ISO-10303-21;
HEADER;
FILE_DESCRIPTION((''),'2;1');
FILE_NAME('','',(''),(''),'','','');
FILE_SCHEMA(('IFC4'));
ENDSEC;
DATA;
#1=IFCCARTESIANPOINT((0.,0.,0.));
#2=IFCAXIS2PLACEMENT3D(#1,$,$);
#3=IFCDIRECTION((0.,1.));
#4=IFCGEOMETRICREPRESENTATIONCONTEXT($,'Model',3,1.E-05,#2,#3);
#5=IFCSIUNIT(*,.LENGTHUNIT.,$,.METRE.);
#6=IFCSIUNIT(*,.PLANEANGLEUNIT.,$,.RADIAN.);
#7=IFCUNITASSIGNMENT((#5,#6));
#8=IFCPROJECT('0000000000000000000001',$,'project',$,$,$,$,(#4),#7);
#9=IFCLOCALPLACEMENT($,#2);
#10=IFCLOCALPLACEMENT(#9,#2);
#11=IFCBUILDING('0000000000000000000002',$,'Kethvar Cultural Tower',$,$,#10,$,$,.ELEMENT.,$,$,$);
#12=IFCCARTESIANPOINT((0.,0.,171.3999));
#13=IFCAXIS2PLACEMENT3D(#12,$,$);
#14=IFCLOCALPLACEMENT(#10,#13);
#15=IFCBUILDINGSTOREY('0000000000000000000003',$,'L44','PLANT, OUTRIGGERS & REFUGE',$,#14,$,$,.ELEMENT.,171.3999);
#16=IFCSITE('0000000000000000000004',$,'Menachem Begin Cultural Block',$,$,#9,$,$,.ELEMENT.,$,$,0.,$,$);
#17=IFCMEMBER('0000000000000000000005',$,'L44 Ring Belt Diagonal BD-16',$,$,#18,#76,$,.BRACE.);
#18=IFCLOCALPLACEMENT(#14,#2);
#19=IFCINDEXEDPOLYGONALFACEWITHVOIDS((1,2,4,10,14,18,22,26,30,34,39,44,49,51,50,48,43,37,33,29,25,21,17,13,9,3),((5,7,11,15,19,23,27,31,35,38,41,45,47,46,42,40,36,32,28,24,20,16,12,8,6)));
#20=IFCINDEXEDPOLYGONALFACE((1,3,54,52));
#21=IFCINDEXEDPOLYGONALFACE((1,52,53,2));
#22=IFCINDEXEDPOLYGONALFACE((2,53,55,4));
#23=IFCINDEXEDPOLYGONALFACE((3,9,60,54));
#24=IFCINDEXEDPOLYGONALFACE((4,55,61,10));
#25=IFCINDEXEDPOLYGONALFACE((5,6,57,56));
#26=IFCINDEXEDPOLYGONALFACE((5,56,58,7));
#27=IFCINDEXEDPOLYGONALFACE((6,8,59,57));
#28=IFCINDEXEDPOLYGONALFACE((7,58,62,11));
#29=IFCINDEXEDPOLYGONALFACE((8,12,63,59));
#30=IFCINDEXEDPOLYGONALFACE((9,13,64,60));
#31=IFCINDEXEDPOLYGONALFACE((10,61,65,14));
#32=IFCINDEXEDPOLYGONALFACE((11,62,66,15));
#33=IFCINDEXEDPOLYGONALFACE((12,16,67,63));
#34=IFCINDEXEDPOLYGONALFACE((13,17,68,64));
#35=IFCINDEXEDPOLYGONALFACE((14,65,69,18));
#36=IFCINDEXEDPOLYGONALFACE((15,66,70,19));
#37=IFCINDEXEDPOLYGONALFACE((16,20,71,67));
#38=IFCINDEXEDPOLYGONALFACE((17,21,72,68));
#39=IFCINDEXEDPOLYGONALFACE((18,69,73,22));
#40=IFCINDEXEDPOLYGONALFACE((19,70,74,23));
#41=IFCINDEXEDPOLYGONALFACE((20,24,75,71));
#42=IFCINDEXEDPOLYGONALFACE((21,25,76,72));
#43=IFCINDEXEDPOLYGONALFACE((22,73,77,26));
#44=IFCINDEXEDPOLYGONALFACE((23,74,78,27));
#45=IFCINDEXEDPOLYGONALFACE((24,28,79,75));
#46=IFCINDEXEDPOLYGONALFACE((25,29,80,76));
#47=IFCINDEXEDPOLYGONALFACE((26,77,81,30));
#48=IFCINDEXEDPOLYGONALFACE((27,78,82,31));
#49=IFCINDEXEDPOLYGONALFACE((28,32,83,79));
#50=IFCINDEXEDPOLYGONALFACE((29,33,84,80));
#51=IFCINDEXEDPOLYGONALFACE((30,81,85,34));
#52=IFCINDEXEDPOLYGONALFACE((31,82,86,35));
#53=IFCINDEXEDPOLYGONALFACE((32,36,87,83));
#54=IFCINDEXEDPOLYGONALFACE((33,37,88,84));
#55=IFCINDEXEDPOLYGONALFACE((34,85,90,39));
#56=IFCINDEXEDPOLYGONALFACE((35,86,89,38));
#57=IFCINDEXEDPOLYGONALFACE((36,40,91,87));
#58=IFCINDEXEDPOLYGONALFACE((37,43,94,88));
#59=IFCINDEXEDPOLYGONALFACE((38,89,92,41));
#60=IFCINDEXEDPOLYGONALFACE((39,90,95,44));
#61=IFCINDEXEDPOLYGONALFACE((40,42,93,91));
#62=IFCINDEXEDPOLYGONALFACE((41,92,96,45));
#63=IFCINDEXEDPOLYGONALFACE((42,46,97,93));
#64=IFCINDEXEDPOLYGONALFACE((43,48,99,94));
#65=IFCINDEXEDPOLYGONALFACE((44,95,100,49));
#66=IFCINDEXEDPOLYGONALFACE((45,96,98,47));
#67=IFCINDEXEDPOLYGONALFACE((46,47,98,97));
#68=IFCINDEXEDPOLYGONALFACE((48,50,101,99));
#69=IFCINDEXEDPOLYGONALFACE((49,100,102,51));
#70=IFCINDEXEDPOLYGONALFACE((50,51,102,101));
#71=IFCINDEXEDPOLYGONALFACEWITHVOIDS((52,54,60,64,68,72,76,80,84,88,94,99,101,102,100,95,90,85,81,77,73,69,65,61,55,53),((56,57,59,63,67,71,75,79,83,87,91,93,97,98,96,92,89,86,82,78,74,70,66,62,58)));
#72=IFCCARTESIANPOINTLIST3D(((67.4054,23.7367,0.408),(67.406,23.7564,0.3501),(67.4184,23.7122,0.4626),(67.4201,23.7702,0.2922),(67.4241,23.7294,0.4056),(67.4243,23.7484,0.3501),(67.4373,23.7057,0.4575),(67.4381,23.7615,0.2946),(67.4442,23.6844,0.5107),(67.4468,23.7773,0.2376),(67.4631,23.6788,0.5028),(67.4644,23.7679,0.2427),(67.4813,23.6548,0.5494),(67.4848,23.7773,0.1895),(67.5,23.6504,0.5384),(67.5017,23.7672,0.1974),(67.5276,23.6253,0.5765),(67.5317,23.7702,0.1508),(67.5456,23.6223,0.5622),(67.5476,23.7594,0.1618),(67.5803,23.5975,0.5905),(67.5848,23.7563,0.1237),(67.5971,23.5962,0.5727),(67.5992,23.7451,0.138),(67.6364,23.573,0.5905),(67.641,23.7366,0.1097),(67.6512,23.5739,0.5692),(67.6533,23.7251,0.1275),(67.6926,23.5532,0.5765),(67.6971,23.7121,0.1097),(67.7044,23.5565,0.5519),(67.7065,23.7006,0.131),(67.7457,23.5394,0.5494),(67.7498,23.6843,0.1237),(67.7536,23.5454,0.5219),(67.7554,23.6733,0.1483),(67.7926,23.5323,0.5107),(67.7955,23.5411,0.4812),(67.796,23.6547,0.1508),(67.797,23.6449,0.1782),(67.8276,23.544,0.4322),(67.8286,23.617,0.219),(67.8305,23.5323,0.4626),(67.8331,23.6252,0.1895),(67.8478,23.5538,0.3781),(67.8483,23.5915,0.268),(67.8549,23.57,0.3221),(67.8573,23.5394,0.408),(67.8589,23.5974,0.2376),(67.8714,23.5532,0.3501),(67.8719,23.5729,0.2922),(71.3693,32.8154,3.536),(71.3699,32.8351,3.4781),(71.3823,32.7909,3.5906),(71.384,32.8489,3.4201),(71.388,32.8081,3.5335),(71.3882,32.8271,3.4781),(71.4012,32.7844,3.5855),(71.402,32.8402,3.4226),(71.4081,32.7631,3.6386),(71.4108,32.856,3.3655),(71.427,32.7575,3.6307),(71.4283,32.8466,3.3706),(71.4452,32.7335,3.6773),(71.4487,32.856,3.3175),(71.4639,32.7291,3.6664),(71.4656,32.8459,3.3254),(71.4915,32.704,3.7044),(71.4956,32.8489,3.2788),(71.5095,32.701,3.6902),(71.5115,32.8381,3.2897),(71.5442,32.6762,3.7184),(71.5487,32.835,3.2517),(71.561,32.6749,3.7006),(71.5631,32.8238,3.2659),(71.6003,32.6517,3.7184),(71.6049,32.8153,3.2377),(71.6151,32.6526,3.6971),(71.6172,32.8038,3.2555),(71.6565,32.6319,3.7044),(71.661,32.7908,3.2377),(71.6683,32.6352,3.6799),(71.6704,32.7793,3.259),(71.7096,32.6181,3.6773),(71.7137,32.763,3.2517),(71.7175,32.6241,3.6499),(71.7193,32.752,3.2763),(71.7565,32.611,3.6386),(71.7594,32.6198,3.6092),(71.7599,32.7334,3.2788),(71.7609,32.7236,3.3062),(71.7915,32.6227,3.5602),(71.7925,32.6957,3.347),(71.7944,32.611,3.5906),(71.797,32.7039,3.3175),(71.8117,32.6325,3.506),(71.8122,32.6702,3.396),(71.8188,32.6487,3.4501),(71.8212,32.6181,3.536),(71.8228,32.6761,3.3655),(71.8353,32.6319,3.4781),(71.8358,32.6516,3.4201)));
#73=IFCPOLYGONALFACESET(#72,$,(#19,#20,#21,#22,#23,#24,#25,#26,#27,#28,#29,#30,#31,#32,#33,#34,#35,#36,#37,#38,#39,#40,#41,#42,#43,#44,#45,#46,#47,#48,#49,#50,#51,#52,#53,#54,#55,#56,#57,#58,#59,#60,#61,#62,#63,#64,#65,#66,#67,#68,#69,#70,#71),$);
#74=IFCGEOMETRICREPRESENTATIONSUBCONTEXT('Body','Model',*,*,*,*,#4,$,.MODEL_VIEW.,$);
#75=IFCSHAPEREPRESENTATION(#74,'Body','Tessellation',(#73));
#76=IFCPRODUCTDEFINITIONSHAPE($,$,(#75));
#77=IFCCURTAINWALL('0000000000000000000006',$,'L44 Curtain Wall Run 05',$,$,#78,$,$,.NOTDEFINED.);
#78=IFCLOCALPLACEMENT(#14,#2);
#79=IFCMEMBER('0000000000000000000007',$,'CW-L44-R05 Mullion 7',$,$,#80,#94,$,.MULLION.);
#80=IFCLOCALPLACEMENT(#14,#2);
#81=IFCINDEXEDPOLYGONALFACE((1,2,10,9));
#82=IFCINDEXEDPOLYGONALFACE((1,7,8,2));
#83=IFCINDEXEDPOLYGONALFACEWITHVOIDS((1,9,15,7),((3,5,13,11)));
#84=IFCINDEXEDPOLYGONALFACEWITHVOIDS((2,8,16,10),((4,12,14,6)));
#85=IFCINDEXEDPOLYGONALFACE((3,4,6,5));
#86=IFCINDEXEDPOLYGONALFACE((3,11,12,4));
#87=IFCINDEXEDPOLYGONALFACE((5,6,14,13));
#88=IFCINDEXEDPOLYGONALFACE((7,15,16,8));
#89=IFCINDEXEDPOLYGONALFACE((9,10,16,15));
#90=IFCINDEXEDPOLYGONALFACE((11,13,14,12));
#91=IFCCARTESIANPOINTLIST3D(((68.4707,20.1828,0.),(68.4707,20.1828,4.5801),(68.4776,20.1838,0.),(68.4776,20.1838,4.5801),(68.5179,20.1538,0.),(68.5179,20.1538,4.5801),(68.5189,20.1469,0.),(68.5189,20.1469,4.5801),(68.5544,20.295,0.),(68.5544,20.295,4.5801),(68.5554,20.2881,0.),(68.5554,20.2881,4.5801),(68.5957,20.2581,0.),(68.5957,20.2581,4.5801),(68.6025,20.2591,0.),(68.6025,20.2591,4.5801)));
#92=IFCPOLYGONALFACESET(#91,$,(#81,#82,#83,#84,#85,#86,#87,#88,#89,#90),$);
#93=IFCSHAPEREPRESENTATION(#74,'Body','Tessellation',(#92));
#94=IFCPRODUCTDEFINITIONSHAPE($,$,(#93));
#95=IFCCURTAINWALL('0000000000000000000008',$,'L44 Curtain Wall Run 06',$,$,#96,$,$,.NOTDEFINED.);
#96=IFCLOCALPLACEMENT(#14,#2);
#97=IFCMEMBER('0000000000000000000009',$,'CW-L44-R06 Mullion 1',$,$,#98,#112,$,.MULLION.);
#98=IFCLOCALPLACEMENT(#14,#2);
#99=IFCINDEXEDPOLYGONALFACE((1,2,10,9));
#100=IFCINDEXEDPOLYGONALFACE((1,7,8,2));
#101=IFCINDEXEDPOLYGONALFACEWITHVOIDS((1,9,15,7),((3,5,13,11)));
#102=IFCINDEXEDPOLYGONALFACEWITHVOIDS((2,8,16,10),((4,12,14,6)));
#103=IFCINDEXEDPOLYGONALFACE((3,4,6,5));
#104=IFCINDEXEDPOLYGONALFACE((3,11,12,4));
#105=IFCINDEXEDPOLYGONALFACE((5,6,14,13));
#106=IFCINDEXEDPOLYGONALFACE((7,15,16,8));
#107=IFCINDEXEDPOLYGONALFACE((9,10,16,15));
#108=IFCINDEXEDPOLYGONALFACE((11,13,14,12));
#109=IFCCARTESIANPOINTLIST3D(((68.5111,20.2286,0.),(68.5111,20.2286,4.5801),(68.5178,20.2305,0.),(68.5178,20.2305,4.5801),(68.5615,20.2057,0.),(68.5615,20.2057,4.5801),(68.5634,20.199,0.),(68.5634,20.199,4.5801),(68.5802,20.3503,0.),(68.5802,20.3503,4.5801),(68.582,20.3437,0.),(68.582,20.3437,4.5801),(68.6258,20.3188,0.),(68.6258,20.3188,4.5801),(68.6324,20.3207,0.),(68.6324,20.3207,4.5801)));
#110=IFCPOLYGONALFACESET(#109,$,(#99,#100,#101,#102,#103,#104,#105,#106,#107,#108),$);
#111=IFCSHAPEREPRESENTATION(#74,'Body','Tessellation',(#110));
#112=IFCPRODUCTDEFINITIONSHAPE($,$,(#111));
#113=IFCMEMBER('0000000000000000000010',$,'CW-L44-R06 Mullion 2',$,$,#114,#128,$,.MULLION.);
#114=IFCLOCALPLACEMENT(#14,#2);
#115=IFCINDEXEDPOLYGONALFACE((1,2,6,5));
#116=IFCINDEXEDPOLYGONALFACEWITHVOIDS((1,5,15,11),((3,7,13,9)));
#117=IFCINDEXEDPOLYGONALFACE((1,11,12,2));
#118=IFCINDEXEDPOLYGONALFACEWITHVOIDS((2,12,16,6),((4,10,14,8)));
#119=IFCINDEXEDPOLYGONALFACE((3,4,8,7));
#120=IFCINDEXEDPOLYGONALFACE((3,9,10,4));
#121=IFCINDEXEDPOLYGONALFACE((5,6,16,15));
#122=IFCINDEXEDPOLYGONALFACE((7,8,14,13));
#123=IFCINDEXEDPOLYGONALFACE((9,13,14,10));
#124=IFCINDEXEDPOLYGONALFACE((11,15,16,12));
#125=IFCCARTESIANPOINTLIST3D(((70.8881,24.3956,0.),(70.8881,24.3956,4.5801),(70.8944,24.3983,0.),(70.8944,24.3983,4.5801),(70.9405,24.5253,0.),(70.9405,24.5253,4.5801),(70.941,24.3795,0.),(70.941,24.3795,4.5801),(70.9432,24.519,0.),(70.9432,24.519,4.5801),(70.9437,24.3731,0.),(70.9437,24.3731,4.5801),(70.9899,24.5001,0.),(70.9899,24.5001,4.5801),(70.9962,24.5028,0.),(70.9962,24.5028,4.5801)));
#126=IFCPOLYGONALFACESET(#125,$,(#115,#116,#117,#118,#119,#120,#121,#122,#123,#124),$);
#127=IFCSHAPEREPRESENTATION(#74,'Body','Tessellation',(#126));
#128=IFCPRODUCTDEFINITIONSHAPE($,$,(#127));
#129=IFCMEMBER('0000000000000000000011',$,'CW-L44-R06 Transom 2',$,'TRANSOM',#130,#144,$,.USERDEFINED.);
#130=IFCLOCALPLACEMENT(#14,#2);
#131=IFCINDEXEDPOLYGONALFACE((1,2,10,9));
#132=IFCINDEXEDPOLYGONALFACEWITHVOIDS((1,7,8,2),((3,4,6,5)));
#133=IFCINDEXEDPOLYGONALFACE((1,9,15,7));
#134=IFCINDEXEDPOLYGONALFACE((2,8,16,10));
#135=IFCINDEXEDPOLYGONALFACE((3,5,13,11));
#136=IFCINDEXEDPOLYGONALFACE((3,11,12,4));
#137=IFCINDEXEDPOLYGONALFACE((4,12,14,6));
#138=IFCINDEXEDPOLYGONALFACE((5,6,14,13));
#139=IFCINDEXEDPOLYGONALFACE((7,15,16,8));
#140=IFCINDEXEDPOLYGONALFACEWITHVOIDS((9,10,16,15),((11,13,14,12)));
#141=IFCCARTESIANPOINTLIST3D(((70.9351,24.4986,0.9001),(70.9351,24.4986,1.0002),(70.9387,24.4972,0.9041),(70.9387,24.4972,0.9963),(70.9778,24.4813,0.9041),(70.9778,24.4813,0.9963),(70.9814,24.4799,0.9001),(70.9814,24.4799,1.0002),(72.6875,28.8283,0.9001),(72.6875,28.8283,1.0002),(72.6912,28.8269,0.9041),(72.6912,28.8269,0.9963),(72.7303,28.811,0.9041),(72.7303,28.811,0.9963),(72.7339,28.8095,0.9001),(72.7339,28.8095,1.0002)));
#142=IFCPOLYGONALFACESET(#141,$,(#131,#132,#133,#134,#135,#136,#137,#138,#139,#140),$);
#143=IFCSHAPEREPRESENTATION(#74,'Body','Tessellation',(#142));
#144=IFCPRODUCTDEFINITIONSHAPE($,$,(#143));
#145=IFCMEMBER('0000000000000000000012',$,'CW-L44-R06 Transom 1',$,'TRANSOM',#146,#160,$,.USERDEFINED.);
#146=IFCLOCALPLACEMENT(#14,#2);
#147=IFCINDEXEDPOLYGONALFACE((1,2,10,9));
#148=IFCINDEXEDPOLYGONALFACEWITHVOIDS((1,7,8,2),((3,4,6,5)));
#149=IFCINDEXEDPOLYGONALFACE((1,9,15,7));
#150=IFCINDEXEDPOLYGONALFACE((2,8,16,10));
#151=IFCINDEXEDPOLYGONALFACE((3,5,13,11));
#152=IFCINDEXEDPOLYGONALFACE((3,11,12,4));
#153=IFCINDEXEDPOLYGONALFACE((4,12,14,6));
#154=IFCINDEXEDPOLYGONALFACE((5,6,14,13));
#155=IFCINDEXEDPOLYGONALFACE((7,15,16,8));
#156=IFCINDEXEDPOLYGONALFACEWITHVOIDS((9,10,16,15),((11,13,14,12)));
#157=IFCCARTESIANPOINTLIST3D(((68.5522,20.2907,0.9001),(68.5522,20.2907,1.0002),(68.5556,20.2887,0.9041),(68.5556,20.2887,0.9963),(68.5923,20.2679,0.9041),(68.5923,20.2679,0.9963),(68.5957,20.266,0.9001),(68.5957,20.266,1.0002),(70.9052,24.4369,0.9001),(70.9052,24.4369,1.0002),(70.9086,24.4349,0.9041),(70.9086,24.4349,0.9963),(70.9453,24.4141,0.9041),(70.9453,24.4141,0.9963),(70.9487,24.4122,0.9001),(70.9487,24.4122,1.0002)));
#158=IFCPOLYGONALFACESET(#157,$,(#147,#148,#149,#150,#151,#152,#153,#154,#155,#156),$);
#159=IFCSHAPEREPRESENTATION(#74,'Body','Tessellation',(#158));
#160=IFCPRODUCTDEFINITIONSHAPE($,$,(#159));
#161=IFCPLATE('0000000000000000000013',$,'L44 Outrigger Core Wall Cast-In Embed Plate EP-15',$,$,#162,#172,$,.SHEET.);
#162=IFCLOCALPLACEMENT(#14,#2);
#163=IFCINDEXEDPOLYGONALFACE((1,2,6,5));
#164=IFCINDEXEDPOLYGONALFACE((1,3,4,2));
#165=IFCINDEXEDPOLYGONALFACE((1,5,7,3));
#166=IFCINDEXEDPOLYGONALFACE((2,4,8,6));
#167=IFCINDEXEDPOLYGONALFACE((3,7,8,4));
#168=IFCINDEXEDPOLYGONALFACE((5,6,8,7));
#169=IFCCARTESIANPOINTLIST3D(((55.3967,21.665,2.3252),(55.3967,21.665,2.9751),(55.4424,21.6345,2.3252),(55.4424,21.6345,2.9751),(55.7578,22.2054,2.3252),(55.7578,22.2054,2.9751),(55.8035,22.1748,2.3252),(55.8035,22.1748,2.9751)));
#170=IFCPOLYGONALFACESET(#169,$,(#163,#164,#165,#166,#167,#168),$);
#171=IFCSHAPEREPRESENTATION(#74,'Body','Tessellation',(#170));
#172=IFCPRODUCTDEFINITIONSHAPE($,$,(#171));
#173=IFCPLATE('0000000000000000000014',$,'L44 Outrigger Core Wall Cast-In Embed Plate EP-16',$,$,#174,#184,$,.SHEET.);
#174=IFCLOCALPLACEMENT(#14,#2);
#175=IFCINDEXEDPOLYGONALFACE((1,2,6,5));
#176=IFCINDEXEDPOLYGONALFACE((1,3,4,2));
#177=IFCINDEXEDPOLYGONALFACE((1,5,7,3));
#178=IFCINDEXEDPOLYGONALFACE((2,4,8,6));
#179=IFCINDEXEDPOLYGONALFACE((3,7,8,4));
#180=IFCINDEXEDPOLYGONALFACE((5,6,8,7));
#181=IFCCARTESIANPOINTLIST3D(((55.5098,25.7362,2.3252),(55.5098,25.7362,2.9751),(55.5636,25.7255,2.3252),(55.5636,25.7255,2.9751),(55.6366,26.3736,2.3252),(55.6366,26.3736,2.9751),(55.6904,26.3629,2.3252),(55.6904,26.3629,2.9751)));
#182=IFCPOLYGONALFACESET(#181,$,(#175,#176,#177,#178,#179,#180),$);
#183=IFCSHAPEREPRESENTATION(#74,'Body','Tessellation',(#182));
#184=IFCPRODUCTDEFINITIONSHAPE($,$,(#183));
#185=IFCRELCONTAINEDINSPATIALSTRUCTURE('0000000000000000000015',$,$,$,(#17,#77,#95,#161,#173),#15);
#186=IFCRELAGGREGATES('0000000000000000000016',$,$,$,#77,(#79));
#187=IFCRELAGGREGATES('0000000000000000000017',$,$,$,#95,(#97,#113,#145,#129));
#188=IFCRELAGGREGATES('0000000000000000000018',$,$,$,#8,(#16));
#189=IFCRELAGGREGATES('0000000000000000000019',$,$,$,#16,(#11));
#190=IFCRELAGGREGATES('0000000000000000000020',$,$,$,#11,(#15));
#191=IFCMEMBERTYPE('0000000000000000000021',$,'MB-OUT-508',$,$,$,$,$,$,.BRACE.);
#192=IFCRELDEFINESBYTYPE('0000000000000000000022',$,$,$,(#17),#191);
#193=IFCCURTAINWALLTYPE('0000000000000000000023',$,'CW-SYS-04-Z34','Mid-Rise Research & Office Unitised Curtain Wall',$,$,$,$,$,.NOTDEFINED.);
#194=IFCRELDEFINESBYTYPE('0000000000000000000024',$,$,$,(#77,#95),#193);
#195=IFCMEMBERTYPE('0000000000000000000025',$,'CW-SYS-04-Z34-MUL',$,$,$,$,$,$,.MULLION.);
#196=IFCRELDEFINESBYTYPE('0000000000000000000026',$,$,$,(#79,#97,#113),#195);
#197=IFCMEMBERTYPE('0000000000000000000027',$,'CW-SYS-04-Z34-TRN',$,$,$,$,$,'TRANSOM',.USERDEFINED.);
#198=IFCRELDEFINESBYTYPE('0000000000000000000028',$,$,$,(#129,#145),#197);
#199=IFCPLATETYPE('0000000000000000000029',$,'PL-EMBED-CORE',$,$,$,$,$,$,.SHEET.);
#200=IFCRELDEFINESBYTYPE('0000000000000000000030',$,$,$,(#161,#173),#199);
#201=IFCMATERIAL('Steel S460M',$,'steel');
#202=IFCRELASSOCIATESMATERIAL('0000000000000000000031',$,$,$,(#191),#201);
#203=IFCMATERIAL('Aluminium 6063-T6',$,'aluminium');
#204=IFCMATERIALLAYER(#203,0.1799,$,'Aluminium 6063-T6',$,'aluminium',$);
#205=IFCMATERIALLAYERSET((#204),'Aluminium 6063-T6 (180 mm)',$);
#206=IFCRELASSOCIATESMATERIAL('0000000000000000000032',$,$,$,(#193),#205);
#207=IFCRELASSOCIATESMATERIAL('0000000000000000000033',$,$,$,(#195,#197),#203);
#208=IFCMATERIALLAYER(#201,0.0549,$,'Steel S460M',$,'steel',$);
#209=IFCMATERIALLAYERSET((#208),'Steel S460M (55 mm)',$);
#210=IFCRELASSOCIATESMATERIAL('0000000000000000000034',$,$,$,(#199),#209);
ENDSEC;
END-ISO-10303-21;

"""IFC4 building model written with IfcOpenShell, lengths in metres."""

from ifc_helpers import new_model, si_unit, direction, frame, origin, origin_2d, place, context, subcontext, project, spatial, rectangle, hollow_rectangle, hollow_circle, extrude, source, transform, mapped, material, layer, layer_set, material_profile, profile_set, type_object, element, aggregate, save


model = new_model("IFC4")

# Units and contexts
model_context = context("Model", 3, precision=1e-05, world=origin(), true_north=direction((0.0, 1.0)))
body_context = subcontext(model_context, "Body", "Model", "MODEL_VIEW")
ifc_project = project(units=[si_unit("LENGTHUNIT", "METRE"), si_unit("PLANEANGLEUNIT", "RADIAN")], contexts=[model_context])

# Site, building, storey
site_placement = place(None, origin())
site = spatial("IfcSite", under=ifc_project, at=site_placement, Name="Menachem Begin Cultural Block", CompositionType="ELEMENT", RefElevation=0.0)
building_placement = place(site_placement, origin())
building = spatial("IfcBuilding", under=site, at=building_placement, Name="Kethvar Cultural Tower", CompositionType="ELEMENT")
storey_placement = place(building_placement, frame((0.0, 0.0, 171.3999)))
storey = spatial("IfcBuildingStorey", under=building, at=storey_placement, Name="L44", Description="PLANT, OUTRIGGERS & REFUGE", CompositionType="ELEMENT", Elevation=171.3999)

# Shared definitions
ifc_material_1 = material(Name="Steel S460M", Category="steel")

# Shared definitions
ifc_material_profile_1 = material_profile(ifc_material_1, hollow_circle(Radius=0.2539, WallThickness=0.02, at=origin_2d()), Name="Steel S460M — CHS508x20")
ifc_profile_set_1 = profile_set([ifc_material_profile_1], Name="Steel S460M — CHS508x20")
member_type_1 = type_object("IfcMemberType", Name="MB-OUT-508", PredefinedType="BRACE", material=ifc_profile_set_1)

# Member
shared_shape_1 = source(origin(), body_context, "Body", "SweptSolid", [
    extrude(hollow_circle(Radius=0.2539, WallThickness=0.02, at=origin_2d()), origin(), (0.0, 0.0, 1.0), 10.3884),
])
member_1_placement = place(storey_placement, frame((67.6387, 23.6548, 0.3501), z_axis=(0.381569, 0.873924, 0.3011), x_axis=(-0.916455, 0.400139, 0.0)))
element("IfcMember", 1, at=member_1_placement, inside=storey, type_object=member_type_1, Name="L44 Ring Belt Diagonal BD-16", PredefinedType="BRACE", context=body_context, shape_type="MappedRepresentation", body=[
    mapped(shared_shape_1, transform((0.0, 0.0, 0.0), scale=1.0)),
])

# Curtain wall, member
ifc_material_2 = material(Name="Aluminium 6063-T6", Category="aluminium")
ifc_layer_1 = layer(ifc_material_2, 0.1799, Name="Aluminium 6063-T6", Category="aluminium")
ifc_layer_set_1 = layer_set([ifc_layer_1], Name="Aluminium 6063-T6 (180 mm)")
curtain_wall_type = type_object("IfcCurtainWallType", Name="CW-SYS-04-Z34", Description="Mid-Rise Research & Office Unitised Curtain Wall", PredefinedType="NOTDEFINED", material=ifc_layer_set_1)
curtain_wall_1_placement = place(storey_placement, origin())
curtain_wall_1 = element("IfcCurtainWall", 2, at=curtain_wall_1_placement, inside=storey, type_object=curtain_wall_type, Name="L44 Curtain Wall Run 05", PredefinedType="NOTDEFINED")
ifc_material_profile_2 = material_profile(ifc_material_2, hollow_rectangle(XDim=0.0601, YDim=0.1399, WallThickness=0.0049, at=origin_2d()), Name="Aluminium 6063-T6 — RHS140x60x5")
ifc_profile_set_2 = profile_set([ifc_material_profile_2], Name="Aluminium 6063-T6 — RHS140x60x5")
member_type_2 = type_object("IfcMemberType", Name="CW-SYS-04-Z34-MUL", PredefinedType="MULLION", material=ifc_profile_set_2)
shared_shape_2 = source(origin(), body_context, "Body", "SweptSolid", [
    extrude(hollow_rectangle(XDim=0.0601, YDim=0.1399, WallThickness=0.0049, at=origin_2d()), origin(), (0.0, 0.0, 1.0), 4.5801),
])
member_2_placement = place(storey_placement, frame((68.5366, 20.2209, 0.0), z_axis=(0.0, 0.0, 1.0), x_axis=(-0.801619, 0.597835, 0.0)))
member_2 = element("IfcMember", 3, at=member_2_placement, type_object=member_type_2, Name="CW-L44-R05 Mullion 7", PredefinedType="MULLION", context=body_context, shape_type="MappedRepresentation", body=[
    mapped(shared_shape_2, transform((0.0, 0.0, 0.0), scale=1.0)),
])
aggregate(curtain_wall_1, [member_2])

# Curtain wall, members
curtain_wall_2_placement = place(storey_placement, origin())
curtain_wall_2 = element("IfcCurtainWall", 4, at=curtain_wall_2_placement, inside=storey, type_object=curtain_wall_type, Name="L44 Curtain Wall Run 06", PredefinedType="NOTDEFINED")
member_3_placement = place(storey_placement, frame((68.5718, 20.2747, 0.0), z_axis=(0.0, 0.0, 1.0), x_axis=(-0.869685, 0.493608, 0.0)))
member_3 = element("IfcMember", 5, at=member_3_placement, type_object=member_type_2, Name="CW-L44-R06 Mullion 1", PredefinedType="MULLION", context=body_context, shape_type="MappedRepresentation", body=[
    mapped(shared_shape_2, transform((0.0, 0.0, 0.0), scale=1.0)),
])
member_4_placement = place(storey_placement, frame((70.9421, 24.4492, 0.0), z_axis=(0.0, 0.0, 1.0), x_axis=(-0.926961, 0.375157, 0.0)))
member_4 = element("IfcMember", 6, at=member_4_placement, type_object=member_type_2, Name="CW-L44-R06 Mullion 2", PredefinedType="MULLION", context=body_context, shape_type="MappedRepresentation", body=[
    mapped(shared_shape_2, transform((0.0, 0.0, 0.0), scale=1.0)),
])
ifc_material_profile_3 = material_profile(ifc_material_2, hollow_rectangle(XDim=0.05, YDim=0.1001, WallThickness=0.0039, at=origin_2d()), Name="Aluminium 6063-T6 — RHS100x50x4")
ifc_profile_set_3 = profile_set([ifc_material_profile_3], Name="Aluminium 6063-T6 — RHS100x50x4")
member_type_3 = type_object("IfcMemberType", Name="CW-SYS-04-Z34-TRN", ElementType="TRANSOM", PredefinedType="USERDEFINED", material=ifc_profile_set_3)
shared_shape_3 = source(origin(), body_context, "Body", "SweptSolid", [
    extrude(hollow_rectangle(XDim=0.05, YDim=0.1001, WallThickness=0.0039, at=origin_2d()), origin(), (0.0, 0.0, 1.0), 4.6709),
])
member_5_placement = place(storey_placement, frame((70.9583, 24.4893, 0.9502), z_axis=(0.375191, 0.926948, 0.0), x_axis=(-0.926948, 0.375191, 0.0)))
member_5 = element("IfcMember", 7, at=member_5_placement, type_object=member_type_3, Name="CW-L44-R06 Transom 2", ObjectType="TRANSOM", PredefinedType="USERDEFINED", context=body_context, shape_type="MappedRepresentation", body=[
    mapped(shared_shape_3, transform((0.0, 0.0, 0.0), scale=1.0)),
])
shared_shape_4 = source(origin(), body_context, "Body", "SweptSolid", [
    extrude(hollow_rectangle(XDim=0.05, YDim=0.1001, WallThickness=0.0039, at=origin_2d()), origin(), (0.0, 0.0, 1.0), 4.7673),
])
member_6_placement = place(storey_placement, frame((68.574, 20.2783, 0.9502), z_axis=(0.493567, 0.869708, 0.0), x_axis=(-0.869708, 0.493567, 0.0)))
member_6 = element("IfcMember", 8, at=member_6_placement, type_object=member_type_3, Name="CW-L44-R06 Transom 1", ObjectType="TRANSOM", PredefinedType="USERDEFINED", context=body_context, shape_type="MappedRepresentation", body=[
    mapped(shared_shape_4, transform((0.0, 0.0, 0.0), scale=1.0)),
])

# Plates
ifc_layer_2 = layer(ifc_material_1, 0.0549, Name="Steel S460M", Category="steel")
ifc_layer_set_2 = layer_set([ifc_layer_2], Name="Steel S460M (55 mm)")
plate_type_1 = type_object("IfcPlateType", Name="PL-EMBED-CORE", PredefinedType="SHEET", material=ifc_layer_set_2)
shared_shape_5 = source(origin(), body_context, "Body", "SweptSolid", [
    extrude(rectangle(XDim=0.0549, YDim=0.6499, at=origin_2d()), origin(), (0.0, 0.0, 1.0), 0.6499),
])
for number, where, z_axis, x_axis, name in (
    (9, (55.6001, 21.9199, 2.3252), (0.0, 0.0, 1.0), (0.83147, -0.55557, 0.0), "L44 Outrigger Core Wall Cast-In Embed Plate EP-15"),
    (10, (55.6001, 26.0496, 2.3252), (0.0, 0.0, 1.0), (0.980785, -0.19509, 0.0), "L44 Outrigger Core Wall Cast-In Embed Plate EP-16"),
):
    element("IfcPlate", number, at=place(storey_placement, frame(where, z_axis=z_axis, x_axis=x_axis)), inside=storey, type_object=plate_type_1, Name=name, PredefinedType="SHEET", context=body_context, shape_type="MappedRepresentation", body=[
        mapped(shared_shape_5, transform((0.0, 0.0, 0.0), scale=1.0)),
    ])

aggregate(curtain_wall_2, [member_3, member_4, member_6, member_5])

save(model, "model.ifc")
